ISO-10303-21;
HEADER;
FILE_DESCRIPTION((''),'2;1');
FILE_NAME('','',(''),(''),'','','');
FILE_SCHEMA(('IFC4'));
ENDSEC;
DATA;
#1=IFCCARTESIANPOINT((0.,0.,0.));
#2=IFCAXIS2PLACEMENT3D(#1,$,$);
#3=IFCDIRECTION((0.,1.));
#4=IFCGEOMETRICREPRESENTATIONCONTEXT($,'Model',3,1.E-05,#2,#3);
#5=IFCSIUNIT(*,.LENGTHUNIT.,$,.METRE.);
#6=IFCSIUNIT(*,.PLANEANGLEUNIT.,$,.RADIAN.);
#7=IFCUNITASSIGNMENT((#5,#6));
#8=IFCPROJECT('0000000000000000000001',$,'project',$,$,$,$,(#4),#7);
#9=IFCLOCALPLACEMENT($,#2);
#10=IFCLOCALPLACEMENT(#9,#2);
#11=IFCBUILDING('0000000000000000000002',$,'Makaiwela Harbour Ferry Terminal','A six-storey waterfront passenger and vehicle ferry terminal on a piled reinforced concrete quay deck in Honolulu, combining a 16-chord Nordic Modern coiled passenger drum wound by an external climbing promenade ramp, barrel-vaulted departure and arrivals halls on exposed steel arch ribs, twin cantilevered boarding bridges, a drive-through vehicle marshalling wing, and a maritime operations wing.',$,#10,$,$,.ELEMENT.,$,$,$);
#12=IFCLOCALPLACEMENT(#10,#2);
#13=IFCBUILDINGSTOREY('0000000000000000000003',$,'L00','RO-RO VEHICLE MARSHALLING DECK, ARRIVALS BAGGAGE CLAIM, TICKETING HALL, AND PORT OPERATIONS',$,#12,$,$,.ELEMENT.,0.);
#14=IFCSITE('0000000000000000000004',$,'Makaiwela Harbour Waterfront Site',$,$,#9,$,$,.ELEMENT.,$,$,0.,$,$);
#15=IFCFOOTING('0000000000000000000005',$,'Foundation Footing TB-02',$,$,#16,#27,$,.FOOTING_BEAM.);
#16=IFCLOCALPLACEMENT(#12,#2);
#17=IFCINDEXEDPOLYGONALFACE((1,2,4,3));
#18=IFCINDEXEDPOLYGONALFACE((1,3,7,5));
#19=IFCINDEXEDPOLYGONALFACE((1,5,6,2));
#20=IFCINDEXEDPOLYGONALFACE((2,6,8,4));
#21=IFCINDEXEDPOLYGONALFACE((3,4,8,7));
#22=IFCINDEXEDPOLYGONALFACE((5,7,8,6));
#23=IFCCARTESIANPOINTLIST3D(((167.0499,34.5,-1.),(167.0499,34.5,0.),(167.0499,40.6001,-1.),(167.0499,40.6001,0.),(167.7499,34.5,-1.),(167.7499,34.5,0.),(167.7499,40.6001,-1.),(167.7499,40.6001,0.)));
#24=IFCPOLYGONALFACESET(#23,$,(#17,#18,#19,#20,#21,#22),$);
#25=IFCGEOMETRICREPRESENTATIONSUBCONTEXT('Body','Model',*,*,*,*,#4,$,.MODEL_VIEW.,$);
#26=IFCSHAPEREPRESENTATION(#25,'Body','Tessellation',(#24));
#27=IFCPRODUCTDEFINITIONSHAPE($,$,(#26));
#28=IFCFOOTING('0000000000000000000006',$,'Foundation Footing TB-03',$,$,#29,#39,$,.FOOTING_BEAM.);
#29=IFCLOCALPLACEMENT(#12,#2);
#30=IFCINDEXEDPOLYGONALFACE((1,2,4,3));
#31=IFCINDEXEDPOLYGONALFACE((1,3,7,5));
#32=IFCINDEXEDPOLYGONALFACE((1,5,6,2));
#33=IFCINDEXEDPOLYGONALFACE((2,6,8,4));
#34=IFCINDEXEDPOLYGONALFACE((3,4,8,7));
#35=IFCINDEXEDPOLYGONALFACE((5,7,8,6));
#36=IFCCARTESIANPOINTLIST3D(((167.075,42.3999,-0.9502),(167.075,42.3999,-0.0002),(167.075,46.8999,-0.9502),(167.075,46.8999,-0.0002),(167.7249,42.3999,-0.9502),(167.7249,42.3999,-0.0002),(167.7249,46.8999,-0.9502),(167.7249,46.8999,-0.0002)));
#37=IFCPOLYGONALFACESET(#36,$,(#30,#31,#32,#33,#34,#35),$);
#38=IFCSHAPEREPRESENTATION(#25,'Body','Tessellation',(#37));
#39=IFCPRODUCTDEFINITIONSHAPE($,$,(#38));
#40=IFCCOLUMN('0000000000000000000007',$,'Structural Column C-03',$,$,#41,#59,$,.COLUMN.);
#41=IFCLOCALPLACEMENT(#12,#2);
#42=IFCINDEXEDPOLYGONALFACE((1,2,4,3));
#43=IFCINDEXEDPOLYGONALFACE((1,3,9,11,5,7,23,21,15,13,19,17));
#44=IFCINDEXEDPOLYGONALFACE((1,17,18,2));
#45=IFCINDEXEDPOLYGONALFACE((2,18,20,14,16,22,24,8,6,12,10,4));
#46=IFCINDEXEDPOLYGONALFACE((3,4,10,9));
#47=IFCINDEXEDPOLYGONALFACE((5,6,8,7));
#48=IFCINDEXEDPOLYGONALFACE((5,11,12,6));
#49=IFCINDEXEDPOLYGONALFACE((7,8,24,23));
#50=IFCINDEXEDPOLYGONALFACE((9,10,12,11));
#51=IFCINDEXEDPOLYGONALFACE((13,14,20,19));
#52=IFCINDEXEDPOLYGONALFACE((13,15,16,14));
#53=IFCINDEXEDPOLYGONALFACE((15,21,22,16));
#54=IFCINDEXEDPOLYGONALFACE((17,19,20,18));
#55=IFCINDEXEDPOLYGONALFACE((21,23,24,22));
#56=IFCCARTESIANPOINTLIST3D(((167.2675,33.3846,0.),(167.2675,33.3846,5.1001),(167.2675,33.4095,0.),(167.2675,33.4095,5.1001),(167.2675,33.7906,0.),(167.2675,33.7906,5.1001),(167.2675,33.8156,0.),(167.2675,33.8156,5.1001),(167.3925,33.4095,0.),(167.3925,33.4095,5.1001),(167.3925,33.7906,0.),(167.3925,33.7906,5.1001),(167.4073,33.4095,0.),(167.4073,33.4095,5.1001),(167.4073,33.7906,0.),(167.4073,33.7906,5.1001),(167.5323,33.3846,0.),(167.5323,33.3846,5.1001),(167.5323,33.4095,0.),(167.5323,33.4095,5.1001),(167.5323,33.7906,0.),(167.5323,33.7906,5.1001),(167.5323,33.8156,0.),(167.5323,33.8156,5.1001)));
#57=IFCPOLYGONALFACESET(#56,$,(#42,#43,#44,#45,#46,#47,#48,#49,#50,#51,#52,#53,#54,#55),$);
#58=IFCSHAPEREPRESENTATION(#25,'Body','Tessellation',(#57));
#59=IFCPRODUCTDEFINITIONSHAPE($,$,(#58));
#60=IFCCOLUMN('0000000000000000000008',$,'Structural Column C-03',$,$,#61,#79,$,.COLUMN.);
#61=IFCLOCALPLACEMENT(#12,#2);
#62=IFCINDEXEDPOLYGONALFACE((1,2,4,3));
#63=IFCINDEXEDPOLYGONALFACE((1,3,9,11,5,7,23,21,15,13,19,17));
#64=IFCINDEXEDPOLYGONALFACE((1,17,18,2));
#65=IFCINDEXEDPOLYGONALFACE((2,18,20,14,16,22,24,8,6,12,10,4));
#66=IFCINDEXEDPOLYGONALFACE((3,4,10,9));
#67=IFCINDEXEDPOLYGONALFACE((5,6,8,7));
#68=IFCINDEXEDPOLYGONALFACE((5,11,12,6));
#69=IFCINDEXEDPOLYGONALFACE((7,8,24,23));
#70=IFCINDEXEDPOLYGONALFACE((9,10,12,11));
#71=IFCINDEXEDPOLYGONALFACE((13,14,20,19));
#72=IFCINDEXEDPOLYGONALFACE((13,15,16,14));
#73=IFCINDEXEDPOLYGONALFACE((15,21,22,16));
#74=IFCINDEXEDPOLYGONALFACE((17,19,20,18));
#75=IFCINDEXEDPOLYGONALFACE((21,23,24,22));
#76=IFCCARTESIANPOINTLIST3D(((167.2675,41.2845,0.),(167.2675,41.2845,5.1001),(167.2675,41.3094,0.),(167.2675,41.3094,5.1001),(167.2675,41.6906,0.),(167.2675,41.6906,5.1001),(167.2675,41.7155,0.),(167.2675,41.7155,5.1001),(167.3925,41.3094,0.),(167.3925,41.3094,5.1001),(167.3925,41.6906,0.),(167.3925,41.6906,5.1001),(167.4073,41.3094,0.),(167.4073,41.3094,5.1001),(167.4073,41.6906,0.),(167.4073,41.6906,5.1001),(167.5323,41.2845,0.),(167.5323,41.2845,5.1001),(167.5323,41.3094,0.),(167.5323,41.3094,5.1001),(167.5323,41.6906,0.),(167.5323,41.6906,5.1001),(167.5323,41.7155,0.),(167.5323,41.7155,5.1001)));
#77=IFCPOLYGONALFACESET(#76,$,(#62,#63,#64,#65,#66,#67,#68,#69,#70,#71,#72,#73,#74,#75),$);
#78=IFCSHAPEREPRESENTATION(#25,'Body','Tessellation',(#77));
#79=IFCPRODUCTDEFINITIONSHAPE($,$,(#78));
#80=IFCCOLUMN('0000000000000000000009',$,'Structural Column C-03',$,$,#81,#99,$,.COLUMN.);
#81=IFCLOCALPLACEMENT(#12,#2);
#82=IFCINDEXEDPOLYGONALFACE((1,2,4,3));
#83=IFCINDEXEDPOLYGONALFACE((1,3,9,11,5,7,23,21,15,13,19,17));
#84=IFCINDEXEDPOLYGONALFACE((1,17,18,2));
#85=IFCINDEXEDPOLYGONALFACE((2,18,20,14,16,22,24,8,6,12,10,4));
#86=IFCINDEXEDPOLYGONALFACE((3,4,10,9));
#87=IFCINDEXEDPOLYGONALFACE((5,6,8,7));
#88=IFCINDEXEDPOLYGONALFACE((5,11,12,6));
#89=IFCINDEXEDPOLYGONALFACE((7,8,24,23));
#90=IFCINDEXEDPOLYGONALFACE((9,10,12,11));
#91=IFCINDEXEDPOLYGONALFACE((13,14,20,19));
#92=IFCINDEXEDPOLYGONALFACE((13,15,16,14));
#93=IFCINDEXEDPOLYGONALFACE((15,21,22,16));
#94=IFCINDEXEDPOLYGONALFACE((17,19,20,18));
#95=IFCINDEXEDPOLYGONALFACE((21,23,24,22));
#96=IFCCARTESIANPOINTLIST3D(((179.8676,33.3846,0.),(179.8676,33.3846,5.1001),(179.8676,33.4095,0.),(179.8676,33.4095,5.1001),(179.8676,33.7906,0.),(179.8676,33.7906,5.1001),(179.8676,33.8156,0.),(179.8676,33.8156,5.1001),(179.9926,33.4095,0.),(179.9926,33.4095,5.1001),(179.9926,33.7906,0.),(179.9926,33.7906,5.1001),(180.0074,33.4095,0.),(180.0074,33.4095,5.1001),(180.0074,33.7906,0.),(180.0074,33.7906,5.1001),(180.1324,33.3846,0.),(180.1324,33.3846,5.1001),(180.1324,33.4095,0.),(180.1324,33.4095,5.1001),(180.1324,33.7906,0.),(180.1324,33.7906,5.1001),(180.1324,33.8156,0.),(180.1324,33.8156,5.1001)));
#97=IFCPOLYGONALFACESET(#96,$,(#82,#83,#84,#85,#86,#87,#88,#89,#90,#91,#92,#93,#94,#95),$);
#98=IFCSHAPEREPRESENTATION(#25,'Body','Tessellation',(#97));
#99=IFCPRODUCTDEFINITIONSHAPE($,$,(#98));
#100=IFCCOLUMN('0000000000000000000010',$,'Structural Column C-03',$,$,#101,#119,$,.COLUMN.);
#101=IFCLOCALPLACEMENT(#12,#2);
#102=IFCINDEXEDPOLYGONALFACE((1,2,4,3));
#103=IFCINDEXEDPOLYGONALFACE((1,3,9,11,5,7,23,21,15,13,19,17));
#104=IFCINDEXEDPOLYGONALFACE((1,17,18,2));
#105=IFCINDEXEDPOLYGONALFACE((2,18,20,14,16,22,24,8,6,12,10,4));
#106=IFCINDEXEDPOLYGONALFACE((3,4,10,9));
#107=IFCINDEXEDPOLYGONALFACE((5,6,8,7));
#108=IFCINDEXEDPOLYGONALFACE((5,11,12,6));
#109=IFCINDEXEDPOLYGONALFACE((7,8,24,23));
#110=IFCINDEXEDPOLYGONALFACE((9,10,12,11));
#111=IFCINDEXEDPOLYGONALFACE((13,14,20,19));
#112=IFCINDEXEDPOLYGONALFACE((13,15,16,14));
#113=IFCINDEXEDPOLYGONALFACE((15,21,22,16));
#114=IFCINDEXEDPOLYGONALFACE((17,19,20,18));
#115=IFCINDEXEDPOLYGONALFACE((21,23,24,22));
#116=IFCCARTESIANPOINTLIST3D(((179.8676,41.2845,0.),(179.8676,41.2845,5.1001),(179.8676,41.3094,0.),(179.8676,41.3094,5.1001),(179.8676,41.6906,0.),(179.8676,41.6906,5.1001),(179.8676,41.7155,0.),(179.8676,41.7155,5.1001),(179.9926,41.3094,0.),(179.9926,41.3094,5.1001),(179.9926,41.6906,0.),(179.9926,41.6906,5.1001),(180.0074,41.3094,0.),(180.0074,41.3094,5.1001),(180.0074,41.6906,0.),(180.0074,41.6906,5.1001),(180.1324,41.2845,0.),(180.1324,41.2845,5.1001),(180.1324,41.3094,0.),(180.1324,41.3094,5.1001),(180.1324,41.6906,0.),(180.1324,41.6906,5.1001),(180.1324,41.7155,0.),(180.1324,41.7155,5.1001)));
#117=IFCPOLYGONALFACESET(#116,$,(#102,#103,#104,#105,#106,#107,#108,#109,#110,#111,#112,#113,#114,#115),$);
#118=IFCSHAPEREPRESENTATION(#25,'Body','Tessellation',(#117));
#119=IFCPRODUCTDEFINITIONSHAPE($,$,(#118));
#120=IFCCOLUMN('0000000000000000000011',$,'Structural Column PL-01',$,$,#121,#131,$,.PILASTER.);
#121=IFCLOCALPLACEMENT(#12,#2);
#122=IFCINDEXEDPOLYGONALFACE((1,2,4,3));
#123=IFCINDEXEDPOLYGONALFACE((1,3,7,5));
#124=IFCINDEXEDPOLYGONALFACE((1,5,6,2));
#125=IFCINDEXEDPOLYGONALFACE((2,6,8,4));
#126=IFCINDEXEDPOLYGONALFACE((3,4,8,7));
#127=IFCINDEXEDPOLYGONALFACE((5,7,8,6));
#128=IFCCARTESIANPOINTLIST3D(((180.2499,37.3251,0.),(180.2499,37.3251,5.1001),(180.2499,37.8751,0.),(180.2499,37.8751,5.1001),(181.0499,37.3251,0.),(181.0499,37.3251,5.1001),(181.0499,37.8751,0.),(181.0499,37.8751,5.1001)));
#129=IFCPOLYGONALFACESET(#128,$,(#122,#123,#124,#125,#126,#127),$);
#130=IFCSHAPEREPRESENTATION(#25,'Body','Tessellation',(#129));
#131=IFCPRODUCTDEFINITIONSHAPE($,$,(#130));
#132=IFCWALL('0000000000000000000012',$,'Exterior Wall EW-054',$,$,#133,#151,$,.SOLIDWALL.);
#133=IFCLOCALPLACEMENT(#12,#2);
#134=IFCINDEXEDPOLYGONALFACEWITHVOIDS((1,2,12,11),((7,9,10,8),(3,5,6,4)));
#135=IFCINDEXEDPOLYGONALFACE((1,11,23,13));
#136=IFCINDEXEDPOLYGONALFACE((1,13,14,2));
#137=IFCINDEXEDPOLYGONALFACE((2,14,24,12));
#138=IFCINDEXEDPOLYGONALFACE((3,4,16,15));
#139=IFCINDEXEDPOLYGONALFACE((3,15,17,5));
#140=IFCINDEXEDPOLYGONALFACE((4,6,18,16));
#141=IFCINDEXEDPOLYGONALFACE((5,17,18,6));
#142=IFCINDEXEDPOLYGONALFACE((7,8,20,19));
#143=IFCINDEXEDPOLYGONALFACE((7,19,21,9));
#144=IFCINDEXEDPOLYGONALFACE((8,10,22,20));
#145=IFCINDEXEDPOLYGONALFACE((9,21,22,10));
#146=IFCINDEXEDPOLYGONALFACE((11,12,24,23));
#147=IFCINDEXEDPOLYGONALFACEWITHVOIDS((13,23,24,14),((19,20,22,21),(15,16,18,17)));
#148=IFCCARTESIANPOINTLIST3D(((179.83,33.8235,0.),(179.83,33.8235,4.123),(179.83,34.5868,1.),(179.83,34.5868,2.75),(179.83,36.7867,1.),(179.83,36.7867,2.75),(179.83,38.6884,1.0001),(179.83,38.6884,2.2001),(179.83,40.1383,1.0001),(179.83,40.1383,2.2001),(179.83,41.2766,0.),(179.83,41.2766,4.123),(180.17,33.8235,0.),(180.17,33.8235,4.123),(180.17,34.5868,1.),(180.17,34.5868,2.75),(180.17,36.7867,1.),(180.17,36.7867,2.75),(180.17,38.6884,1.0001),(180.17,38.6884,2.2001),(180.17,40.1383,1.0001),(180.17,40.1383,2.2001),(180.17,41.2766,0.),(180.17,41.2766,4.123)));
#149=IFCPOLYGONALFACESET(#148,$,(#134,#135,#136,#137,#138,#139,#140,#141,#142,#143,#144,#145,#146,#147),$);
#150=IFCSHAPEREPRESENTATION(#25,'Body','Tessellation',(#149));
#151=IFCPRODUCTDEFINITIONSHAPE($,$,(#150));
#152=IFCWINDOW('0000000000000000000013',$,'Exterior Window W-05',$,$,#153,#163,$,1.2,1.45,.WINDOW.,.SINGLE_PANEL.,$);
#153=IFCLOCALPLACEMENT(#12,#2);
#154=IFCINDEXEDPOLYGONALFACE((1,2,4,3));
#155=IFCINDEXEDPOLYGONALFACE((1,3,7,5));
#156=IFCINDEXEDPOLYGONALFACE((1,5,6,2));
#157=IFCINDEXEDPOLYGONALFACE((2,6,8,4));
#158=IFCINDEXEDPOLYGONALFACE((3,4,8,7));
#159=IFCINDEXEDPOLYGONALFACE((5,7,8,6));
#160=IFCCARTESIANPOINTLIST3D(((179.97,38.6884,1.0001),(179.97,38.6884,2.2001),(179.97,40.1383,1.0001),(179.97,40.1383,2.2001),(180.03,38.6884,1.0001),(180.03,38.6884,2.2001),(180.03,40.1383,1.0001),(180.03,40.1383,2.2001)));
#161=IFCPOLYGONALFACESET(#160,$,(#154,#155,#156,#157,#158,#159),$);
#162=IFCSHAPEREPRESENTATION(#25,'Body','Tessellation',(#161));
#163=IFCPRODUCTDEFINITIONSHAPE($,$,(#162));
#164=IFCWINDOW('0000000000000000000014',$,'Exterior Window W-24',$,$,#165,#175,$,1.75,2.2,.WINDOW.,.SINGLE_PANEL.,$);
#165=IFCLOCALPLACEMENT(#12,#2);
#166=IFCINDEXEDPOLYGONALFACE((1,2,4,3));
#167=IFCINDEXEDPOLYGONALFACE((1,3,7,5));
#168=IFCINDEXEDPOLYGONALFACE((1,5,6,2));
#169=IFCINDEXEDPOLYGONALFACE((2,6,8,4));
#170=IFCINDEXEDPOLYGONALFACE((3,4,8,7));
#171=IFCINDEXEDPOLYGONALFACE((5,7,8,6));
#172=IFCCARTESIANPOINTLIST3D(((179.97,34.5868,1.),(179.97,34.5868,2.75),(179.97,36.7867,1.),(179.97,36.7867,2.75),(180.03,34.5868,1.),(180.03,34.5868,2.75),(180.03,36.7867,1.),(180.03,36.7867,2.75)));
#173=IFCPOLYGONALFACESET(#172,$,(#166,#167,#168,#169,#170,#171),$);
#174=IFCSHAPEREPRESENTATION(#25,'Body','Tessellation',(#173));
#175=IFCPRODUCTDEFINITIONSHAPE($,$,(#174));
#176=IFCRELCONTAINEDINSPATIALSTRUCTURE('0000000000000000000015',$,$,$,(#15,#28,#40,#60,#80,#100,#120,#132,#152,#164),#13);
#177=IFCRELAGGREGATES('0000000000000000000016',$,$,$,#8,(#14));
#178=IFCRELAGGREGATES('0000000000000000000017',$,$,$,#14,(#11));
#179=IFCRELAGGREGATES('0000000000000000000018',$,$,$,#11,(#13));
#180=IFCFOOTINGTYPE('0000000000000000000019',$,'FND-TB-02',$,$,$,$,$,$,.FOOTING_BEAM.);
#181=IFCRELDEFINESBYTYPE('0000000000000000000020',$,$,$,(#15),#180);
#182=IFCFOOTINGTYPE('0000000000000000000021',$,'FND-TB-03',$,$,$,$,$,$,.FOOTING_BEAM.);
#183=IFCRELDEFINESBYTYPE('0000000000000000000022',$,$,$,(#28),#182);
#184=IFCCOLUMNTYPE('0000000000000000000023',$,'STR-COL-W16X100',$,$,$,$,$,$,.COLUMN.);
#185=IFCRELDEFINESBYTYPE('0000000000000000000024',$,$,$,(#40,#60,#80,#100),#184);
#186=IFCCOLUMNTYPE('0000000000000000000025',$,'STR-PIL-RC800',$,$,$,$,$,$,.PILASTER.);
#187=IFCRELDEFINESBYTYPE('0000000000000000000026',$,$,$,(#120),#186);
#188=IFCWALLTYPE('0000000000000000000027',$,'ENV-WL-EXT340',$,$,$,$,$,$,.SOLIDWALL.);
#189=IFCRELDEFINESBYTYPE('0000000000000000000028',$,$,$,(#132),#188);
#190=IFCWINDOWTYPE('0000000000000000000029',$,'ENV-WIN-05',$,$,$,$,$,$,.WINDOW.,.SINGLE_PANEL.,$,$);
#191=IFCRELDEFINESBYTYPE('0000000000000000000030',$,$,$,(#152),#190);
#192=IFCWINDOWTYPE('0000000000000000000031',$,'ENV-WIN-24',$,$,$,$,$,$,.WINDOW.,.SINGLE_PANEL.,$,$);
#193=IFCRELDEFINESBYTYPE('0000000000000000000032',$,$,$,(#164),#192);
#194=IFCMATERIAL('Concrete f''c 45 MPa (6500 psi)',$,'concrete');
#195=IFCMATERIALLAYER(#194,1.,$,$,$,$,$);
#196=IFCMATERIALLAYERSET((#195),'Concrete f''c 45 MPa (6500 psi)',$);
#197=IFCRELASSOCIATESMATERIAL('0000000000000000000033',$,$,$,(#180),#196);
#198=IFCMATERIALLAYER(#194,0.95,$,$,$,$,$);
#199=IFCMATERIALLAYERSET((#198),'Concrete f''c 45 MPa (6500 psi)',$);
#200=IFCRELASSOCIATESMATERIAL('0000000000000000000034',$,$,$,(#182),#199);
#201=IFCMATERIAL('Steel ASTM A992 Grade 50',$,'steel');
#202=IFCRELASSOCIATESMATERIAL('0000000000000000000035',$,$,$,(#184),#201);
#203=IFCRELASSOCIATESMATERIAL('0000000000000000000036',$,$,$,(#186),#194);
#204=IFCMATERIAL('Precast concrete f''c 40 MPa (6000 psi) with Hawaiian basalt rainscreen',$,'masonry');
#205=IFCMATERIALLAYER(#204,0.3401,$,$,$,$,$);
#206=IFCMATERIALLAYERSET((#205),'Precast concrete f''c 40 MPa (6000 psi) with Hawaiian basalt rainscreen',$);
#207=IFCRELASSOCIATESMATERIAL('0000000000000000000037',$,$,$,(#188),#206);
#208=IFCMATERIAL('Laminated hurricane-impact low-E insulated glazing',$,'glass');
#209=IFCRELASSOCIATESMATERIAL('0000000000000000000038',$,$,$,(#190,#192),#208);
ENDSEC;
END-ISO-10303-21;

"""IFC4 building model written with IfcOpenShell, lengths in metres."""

from ifc_helpers import new_model, si_unit, direction, frame, frame_2d, origin, origin_2d, place, context, subcontext, project, spatial, rectangle, i_section, extrude, material, layer, layer_set, material_profile, profile_set, type_object, element, fill, save


model = new_model("IFC4")

# Units and contexts
model_context = context("Model", 3, precision=1e-05, world=origin(), true_north=direction((0.0, 1.0)))
body_context = subcontext(model_context, "Body", "Model", "MODEL_VIEW")
ifc_project = project(units=[si_unit("LENGTHUNIT", "METRE"), si_unit("PLANEANGLEUNIT", "RADIAN")], contexts=[model_context])

# Site, building, storey
site_placement = place(None, origin())
site = spatial("IfcSite", under=ifc_project, at=site_placement, Name="Makaiwela Harbour Waterfront Site", CompositionType="ELEMENT", RefElevation=0.0)
building_placement = place(site_placement, origin())
building = spatial("IfcBuilding", under=site, at=building_placement, Name="Makaiwela Harbour Ferry Terminal", Description="A six-storey waterfront passenger and vehicle ferry terminal on a piled reinforced concrete quay deck in Honolulu, combining a 16-chord Nordic Modern coiled passenger drum wound by an external climbing promenade ramp, barrel-vaulted departure and arrivals halls on exposed steel arch ribs, twin cantilevered boarding bridges, a drive-through vehicle marshalling wing, and a maritime operations wing.", CompositionType="ELEMENT")
storey_placement = place(building_placement, origin())
storey = spatial("IfcBuildingStorey", under=building, at=storey_placement, Name="L00", Description="RO-RO VEHICLE MARSHALLING DECK, ARRIVALS BAGGAGE CLAIM, TICKETING HALL, AND PORT OPERATIONS", CompositionType="ELEMENT", Elevation=0.0)

# Shared definitions
ifc_material_1 = material(Name="Concrete f'c 45 MPa (6500 psi)", Category="concrete")

# Footings
ifc_layer_1 = layer(ifc_material_1, 1.0)
ifc_layer_set_1 = layer_set([ifc_layer_1], Name="Concrete f'c 45 MPa (6500 psi)")
footing_type_1 = type_object("IfcFootingType", Name="FND-TB-02", PredefinedType="FOOTING_BEAM", material=ifc_layer_set_1)
footing_1_placement = place(storey_placement, frame((167.3999, 37.55, -1.0), z_axis=(0.0, 0.0, 1.0), x_axis=(0.0, 1.0, 0.0)))
element("IfcFooting", 1, at=footing_1_placement, inside=storey, type_object=footing_type_1, Name="Foundation Footing TB-02", PredefinedType="FOOTING_BEAM", context=body_context, shape_type="SweptSolid", body=[
    extrude(rectangle(XDim=6.1001, YDim=0.7, at=origin_2d()), origin(), (0.0, 0.0, 1.0), 1.0),
])
ifc_layer_2 = layer(ifc_material_1, 0.95)
ifc_layer_set_2 = layer_set([ifc_layer_2], Name="Concrete f'c 45 MPa (6500 psi)")
footing_type_2 = type_object("IfcFootingType", Name="FND-TB-03", PredefinedType="FOOTING_BEAM", material=ifc_layer_set_2)
footing_2_placement = place(storey_placement, frame((167.3999, 44.6499, -0.9502), z_axis=(0.0, 0.0, 1.0), x_axis=(0.0, 1.0, 0.0)))
element("IfcFooting", 2, at=footing_2_placement, inside=storey, type_object=footing_type_2, Name="Foundation Footing TB-03", PredefinedType="FOOTING_BEAM", context=body_context, shape_type="SweptSolid", body=[
    extrude(rectangle(XDim=4.5, YDim=0.6499, at=origin_2d()), origin(), (0.0, 0.0, 1.0), 0.95),
])

# Columns
ifc_material_2 = material(Name="Steel ASTM A992 Grade 50", Category="steel")
ifc_material_profile_1 = material_profile(ifc_material_2, i_section(OverallWidth=0.2649, OverallDepth=0.4309, WebThickness=0.0149, FlangeThickness=0.0249, at=origin_2d()), Name="W16X100")
ifc_profile_set_1 = profile_set([ifc_material_profile_1], Name="Steel ASTM A992 Grade 50")
column_type_1 = type_object("IfcColumnType", Name="STR-COL-W16X100", PredefinedType="COLUMN", material=ifc_profile_set_1)
for number, where, z_axis, x_axis, name in (
    (3, (167.3999, 33.6001, 0.0), (0.0, 0.0, 1.0), (1.0, 0.0, 0.0), "Structural Column C-03"),
    (4, (167.3999, 41.5, 0.0), (0.0, 0.0, 1.0), (1.0, 0.0, 0.0), "Structural Column C-03"),
    (5, (180.0, 33.6001, 0.0), (0.0, 0.0, 1.0), (1.0, 0.0, 0.0), "Structural Column C-03"),
    (6, (180.0, 41.5, 0.0), (0.0, 0.0, 1.0), (1.0, 0.0, 0.0), "Structural Column C-03"),
):
    element("IfcColumn", number, at=place(storey_placement, frame(where, z_axis=z_axis, x_axis=x_axis)), inside=storey, type_object=column_type_1, Name=name, PredefinedType="COLUMN", context=body_context, shape_type="SweptSolid", body=[
        extrude(i_section(OverallWidth=0.2649, OverallDepth=0.4309, WebThickness=0.0149, FlangeThickness=0.0249, at=origin_2d()), origin(), (0.0, 0.0, 1.0), 5.1001),
    ])
ifc_material_profile_2 = material_profile(ifc_material_1, rectangle(XDim=0.55, YDim=0.8, at=origin_2d()), Name="RC-800X550")
ifc_profile_set_2 = profile_set([ifc_material_profile_2], Name="Concrete f'c 45 MPa (6500 psi)")
column_type_2 = type_object("IfcColumnType", Name="STR-PIL-RC800", PredefinedType="PILASTER", material=ifc_profile_set_2)
column_placement = place(storey_placement, frame((180.6499, 37.6001, 0.0), z_axis=(0.0, 0.0, 1.0), x_axis=(0.0, 1.0, 0.0)))
element("IfcColumn", 7, at=column_placement, inside=storey, type_object=column_type_2, Name="Structural Column PL-01", PredefinedType="PILASTER", context=body_context, shape_type="SweptSolid", body=[
    extrude(rectangle(XDim=0.55, YDim=0.8, at=origin_2d()), origin(), (0.0, 0.0, 1.0), 5.1001),
])

# Wall, openings, windows
ifc_material_3 = material(Name="Precast concrete f'c 40 MPa (6000 psi) with Hawaiian basalt rainscreen", Category="masonry")
ifc_layer_3 = layer(ifc_material_3, 0.3401)
ifc_layer_set_3 = layer_set([ifc_layer_3], Name="Precast concrete f'c 40 MPa (6000 psi) with Hawaiian basalt rainscreen")
wall_type_1 = type_object("IfcWallType", Name="ENV-WL-EXT340", PredefinedType="SOLIDWALL", material=ifc_layer_set_3)
wall_1_placement = place(storey_placement, frame((180.0, 41.2766, 0.0), z_axis=(0.0, 0.0, 1.0), x_axis=(0.0, -1.0, 0.0)))
wall_1 = element("IfcWall", 8, at=wall_1_placement, inside=storey, type_object=wall_type_1, Name="Exterior Wall EW-054", PredefinedType="SOLIDWALL", context=body_context, shape_type="SweptSolid", body=[
    extrude(rectangle(XDim=7.4531, YDim=0.3401, at=frame_2d((3.7266, 0.0))), origin(), (0.0, 0.0, 1.0), 4.123),
])
opening_1_placement = place(wall_1_placement, frame((1.1382, 0.0, 1.0)))
opening_1 = element("IfcOpeningElement", 9, at=opening_1_placement, cuts=wall_1, PredefinedType="OPENING", context=body_context, shape_type="SweptSolid", body=[
    extrude(rectangle(XDim=1.45, YDim=1.2, at=frame_2d((0.7251, 0.6001))), frame((0.0, 0.1799, 0.0), z_axis=(0.0, -1.0, 0.0), x_axis=(1.0, 0.0, 0.0)), (0.0, 0.0, 1.0), 0.3601),
])
opening_2_placement = place(wall_1_placement, frame((4.4897, 0.0, 1.0)))
opening_2 = element("IfcOpeningElement", 10, at=opening_2_placement, cuts=wall_1, PredefinedType="OPENING", context=body_context, shape_type="SweptSolid", body=[
    extrude(rectangle(XDim=2.2, YDim=1.75, at=frame_2d((1.1001, 0.875))), frame((0.0, 0.1799, 0.0), z_axis=(0.0, -1.0, 0.0), x_axis=(1.0, 0.0, 0.0)), (0.0, 0.0, 1.0), 0.3601),
])
ifc_material_4 = material(Name="Laminated hurricane-impact low-E insulated glazing", Category="glass")
window_type_1 = type_object("IfcWindowType", Name="ENV-WIN-05", PartitioningType="SINGLE_PANEL", PredefinedType="WINDOW", material=ifc_material_4)
window_1_placement = place(opening_1_placement, origin())
window_1 = element("IfcWindow", 11, at=window_1_placement, inside=storey, type_object=window_type_1, Name="Exterior Window W-05", OverallHeight=1.2, OverallWidth=1.45, PartitioningType="SINGLE_PANEL", PredefinedType="WINDOW", context=body_context, shape_type="SweptSolid", body=[
    extrude(rectangle(XDim=1.45, YDim=1.2, at=frame_2d((0.7251, 0.6001))), frame((0.0, 0.03, 0.0), z_axis=(0.0, -1.0, 0.0), x_axis=(1.0, 0.0, 0.0)), (0.0, 0.0, 1.0), 0.0601),
])
fill(opening_1, window_1)
window_type_2 = type_object("IfcWindowType", Name="ENV-WIN-24", PartitioningType="SINGLE_PANEL", PredefinedType="WINDOW", material=ifc_material_4)
window_2_placement = place(opening_2_placement, origin())
window_2 = element("IfcWindow", 12, at=window_2_placement, inside=storey, type_object=window_type_2, Name="Exterior Window W-24", OverallHeight=1.75, OverallWidth=2.2, PartitioningType="SINGLE_PANEL", PredefinedType="WINDOW", context=body_context, shape_type="SweptSolid", body=[
    extrude(rectangle(XDim=2.2, YDim=1.75, at=frame_2d((1.1001, 0.875))), frame((0.0, 0.03, 0.0), z_axis=(0.0, -1.0, 0.0), x_axis=(1.0, 0.0, 0.0)), (0.0, 0.0, 1.0), 0.0601),
])
fill(opening_2, window_2)

save(model, "model.ifc")
